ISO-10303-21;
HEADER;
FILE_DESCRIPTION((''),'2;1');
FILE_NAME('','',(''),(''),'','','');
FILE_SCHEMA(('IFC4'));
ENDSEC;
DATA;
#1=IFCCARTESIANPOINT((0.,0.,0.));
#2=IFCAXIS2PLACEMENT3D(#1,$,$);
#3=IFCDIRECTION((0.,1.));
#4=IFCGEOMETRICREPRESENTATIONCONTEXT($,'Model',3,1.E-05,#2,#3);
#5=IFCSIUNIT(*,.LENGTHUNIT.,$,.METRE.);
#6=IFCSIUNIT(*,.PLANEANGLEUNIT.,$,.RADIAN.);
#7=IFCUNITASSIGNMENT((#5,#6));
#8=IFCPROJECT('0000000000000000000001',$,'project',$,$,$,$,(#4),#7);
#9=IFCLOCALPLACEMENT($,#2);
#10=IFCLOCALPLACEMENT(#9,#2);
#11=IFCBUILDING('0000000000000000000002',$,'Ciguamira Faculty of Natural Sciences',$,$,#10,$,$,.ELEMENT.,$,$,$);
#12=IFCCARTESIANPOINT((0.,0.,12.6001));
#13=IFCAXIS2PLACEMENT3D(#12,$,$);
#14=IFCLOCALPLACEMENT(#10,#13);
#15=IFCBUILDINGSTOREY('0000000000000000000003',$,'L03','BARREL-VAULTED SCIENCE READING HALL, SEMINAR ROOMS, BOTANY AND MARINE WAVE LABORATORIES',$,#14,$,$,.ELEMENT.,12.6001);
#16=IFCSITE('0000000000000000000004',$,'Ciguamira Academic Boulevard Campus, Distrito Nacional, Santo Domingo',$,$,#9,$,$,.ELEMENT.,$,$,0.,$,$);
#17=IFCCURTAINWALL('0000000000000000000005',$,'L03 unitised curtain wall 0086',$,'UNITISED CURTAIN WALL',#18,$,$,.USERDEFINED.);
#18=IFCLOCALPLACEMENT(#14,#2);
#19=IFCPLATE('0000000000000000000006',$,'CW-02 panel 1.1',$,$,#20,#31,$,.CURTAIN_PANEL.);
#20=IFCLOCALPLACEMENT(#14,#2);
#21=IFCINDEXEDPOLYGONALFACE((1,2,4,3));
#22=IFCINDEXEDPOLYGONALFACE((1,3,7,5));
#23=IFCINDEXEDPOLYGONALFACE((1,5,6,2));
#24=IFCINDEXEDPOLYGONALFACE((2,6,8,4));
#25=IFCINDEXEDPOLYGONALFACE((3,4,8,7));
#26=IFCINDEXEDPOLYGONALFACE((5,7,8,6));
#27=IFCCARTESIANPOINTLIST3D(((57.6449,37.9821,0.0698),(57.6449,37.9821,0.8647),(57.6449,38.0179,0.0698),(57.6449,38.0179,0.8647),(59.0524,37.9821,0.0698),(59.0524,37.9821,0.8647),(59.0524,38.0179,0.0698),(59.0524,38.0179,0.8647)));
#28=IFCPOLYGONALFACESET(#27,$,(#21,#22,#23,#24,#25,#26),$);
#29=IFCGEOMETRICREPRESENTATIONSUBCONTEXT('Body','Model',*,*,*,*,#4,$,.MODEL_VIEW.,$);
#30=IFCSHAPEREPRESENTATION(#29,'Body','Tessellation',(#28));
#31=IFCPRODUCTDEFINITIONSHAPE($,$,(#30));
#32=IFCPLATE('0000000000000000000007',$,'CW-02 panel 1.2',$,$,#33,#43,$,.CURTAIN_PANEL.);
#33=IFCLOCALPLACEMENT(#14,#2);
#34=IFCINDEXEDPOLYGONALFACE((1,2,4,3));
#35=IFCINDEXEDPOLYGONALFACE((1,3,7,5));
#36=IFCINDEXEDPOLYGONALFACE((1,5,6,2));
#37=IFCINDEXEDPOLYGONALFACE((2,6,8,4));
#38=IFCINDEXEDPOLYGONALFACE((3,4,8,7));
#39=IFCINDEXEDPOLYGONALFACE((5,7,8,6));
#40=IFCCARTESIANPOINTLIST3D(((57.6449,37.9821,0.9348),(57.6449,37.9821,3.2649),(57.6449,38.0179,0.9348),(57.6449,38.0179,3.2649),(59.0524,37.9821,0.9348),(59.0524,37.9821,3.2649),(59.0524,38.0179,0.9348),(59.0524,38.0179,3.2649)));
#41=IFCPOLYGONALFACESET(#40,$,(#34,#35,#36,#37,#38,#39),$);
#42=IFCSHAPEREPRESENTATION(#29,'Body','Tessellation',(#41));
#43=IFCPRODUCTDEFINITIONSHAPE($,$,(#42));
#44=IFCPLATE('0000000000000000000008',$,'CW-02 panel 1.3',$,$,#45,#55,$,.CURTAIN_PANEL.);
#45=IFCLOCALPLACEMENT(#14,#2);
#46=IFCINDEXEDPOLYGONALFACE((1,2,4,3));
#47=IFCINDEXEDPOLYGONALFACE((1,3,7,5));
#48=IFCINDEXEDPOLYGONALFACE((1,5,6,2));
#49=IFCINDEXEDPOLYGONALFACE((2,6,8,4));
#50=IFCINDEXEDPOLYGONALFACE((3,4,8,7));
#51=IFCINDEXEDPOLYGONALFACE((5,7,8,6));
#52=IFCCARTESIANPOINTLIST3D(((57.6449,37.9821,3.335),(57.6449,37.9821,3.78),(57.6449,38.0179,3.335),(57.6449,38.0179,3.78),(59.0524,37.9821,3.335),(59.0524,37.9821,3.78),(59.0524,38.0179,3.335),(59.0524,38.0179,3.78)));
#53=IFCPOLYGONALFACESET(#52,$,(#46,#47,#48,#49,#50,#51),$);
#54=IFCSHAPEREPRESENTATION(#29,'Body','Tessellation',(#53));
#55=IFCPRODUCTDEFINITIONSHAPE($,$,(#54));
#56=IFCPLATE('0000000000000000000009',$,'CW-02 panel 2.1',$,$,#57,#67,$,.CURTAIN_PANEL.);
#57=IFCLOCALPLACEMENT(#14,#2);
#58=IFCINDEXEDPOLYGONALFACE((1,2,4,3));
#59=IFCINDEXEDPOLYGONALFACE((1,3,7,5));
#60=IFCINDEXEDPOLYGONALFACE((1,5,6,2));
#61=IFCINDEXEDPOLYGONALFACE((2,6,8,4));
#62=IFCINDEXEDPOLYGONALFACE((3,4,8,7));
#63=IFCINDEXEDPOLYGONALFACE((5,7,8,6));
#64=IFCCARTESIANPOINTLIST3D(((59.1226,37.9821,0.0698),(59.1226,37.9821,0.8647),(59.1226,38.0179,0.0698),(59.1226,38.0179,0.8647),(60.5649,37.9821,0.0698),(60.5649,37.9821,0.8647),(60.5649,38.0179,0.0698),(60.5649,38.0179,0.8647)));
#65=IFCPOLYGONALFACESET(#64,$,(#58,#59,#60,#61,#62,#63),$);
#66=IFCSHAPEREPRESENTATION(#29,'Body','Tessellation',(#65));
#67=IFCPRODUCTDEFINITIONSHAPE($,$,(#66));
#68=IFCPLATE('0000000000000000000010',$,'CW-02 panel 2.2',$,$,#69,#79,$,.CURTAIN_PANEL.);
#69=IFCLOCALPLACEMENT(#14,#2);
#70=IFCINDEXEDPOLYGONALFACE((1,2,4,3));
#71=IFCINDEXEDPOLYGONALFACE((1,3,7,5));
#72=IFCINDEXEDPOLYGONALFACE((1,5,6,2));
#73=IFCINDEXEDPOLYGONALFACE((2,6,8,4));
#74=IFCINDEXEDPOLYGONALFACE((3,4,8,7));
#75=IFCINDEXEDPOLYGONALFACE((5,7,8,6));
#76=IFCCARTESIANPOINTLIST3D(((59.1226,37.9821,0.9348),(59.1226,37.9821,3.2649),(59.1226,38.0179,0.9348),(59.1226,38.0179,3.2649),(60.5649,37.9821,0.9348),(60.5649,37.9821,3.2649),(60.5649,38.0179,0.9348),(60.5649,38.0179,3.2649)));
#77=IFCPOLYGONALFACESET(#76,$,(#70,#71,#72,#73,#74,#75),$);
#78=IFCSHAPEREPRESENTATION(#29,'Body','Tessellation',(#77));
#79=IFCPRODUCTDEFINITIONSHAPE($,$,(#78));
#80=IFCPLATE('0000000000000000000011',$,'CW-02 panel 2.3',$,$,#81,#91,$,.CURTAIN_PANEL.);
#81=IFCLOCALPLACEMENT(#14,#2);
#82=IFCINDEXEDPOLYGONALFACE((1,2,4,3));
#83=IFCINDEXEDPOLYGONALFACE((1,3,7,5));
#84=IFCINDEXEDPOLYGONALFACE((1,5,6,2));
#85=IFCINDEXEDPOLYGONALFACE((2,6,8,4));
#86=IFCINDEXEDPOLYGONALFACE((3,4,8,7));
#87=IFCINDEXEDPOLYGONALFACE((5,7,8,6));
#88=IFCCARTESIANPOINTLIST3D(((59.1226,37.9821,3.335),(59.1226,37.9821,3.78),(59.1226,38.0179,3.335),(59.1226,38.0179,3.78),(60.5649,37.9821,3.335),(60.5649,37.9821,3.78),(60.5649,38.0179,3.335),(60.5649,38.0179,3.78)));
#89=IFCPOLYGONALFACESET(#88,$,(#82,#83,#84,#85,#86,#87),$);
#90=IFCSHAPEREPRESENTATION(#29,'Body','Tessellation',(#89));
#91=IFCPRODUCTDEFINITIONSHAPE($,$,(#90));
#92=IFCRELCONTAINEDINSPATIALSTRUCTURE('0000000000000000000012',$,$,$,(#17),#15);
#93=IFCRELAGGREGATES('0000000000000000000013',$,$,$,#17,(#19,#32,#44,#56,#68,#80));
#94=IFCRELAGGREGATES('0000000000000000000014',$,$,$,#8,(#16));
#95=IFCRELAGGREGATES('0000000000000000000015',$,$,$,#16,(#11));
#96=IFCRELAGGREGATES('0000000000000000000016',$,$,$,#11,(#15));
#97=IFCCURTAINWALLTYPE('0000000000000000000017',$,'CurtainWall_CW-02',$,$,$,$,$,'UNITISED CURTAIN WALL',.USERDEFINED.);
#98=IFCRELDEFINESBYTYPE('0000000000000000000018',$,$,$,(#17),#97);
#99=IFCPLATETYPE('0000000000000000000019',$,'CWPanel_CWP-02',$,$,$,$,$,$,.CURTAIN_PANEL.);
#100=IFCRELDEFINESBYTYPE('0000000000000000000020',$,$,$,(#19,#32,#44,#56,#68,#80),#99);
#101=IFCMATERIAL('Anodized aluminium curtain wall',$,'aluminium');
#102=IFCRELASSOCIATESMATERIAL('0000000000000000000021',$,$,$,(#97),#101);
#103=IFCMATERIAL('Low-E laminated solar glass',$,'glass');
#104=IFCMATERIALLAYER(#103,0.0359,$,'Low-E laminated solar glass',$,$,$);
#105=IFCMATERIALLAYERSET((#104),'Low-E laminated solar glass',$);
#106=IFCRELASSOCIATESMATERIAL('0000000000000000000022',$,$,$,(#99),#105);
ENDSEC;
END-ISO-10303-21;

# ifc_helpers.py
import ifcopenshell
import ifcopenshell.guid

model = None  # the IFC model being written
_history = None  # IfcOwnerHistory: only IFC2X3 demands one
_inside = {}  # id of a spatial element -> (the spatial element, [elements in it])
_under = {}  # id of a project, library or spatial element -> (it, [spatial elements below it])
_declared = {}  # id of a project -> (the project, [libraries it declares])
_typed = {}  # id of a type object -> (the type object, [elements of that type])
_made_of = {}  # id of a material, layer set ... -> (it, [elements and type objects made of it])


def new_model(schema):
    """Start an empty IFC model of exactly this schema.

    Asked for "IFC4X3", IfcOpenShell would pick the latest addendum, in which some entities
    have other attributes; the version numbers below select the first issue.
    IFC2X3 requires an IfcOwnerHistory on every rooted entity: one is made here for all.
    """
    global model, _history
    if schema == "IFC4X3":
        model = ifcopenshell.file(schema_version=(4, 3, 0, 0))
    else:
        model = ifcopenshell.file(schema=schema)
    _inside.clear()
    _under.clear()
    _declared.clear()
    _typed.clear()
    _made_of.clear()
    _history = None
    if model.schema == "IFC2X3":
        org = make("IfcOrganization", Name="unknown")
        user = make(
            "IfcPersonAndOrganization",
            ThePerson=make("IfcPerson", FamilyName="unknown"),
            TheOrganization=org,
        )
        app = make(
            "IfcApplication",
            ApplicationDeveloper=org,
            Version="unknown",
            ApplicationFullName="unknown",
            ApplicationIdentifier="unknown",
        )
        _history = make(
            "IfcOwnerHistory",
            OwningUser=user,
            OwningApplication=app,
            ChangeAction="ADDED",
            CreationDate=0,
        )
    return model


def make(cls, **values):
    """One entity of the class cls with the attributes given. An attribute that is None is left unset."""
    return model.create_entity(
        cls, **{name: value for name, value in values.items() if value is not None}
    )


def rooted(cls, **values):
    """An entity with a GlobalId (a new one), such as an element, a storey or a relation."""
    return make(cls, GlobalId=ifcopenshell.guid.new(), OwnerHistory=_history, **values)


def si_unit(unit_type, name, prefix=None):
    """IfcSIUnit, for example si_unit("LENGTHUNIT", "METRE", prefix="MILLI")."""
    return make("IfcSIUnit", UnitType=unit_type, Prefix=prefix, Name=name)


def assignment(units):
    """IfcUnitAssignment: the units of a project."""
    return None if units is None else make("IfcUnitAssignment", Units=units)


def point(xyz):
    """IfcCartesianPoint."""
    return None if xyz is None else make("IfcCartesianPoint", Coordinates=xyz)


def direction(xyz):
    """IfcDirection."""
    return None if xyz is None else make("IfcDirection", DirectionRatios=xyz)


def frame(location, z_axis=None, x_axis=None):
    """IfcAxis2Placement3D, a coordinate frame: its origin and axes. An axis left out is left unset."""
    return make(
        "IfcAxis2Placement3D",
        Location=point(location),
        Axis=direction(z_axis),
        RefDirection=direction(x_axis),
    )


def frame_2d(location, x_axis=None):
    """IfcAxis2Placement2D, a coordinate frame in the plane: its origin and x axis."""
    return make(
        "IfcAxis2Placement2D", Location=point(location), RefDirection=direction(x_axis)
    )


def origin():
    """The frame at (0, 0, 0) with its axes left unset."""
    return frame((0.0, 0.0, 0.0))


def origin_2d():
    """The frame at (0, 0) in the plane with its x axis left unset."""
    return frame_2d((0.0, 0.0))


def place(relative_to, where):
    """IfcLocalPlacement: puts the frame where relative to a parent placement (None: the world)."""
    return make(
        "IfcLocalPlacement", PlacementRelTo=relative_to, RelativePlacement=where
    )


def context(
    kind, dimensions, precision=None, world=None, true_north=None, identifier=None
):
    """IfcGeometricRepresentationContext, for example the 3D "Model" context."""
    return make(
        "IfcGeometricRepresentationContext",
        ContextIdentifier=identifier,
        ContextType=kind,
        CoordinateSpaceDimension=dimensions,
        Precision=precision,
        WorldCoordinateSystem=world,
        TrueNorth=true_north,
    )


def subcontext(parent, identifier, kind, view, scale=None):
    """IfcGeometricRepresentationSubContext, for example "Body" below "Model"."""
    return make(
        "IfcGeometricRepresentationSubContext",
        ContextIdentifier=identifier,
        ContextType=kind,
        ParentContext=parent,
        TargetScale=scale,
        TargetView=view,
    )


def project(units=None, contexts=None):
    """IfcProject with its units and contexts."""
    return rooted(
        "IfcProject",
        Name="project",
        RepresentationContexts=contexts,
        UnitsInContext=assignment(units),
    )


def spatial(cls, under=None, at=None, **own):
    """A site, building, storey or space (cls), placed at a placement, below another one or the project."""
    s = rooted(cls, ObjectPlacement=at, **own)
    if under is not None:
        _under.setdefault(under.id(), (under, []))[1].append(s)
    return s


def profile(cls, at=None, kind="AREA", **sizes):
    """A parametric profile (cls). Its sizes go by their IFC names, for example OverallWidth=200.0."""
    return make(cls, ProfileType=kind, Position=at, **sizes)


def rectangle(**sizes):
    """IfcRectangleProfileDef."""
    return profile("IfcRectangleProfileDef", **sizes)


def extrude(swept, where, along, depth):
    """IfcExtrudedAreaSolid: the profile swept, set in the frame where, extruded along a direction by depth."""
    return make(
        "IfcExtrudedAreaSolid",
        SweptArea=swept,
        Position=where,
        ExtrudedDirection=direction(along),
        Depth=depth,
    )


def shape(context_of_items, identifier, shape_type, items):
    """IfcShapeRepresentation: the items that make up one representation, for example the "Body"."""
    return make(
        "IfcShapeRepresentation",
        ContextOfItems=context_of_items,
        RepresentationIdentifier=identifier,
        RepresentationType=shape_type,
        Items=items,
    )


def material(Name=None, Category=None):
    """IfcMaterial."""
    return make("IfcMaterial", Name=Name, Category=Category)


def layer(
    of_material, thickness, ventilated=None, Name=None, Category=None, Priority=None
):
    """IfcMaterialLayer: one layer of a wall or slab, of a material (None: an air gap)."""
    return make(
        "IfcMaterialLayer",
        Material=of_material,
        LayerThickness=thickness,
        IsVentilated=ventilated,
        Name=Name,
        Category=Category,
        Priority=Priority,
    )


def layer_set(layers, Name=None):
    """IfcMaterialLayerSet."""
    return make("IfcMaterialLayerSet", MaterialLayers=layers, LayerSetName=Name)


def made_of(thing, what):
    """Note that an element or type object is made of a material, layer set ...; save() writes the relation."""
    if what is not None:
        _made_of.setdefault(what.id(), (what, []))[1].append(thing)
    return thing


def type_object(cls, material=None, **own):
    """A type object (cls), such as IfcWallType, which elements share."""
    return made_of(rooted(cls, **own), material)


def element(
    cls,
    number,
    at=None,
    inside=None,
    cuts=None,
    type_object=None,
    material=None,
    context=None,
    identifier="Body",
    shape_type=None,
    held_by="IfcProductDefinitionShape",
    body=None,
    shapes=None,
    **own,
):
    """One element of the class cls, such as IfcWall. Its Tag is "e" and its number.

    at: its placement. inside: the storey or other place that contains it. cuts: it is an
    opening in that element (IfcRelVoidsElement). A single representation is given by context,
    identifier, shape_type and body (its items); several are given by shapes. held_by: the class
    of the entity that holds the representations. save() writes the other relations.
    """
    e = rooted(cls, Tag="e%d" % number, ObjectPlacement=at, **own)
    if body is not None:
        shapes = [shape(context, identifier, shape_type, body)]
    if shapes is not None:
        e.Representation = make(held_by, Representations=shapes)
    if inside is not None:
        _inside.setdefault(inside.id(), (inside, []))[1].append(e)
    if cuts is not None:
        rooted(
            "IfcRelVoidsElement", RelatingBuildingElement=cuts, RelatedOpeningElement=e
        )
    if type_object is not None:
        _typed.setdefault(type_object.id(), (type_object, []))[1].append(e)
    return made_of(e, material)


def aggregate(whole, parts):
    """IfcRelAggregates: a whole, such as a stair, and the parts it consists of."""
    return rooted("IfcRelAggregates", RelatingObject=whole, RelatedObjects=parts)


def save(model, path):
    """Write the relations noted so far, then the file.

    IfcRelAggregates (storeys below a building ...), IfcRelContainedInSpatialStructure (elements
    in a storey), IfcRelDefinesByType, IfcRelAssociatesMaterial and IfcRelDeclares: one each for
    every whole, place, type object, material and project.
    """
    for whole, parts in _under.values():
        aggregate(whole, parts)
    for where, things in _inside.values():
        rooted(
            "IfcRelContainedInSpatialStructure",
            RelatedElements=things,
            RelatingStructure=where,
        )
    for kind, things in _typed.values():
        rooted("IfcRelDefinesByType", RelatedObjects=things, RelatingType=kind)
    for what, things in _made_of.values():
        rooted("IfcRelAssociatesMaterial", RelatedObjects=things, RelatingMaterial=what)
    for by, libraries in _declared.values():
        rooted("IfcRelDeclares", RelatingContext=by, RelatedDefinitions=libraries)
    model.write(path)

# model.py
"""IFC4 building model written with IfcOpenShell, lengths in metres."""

from ifc_helpers import new_model, si_unit, direction, frame, origin, origin_2d, place, context, subcontext, project, spatial, rectangle, extrude, material, layer, layer_set, type_object, element, aggregate, save


model = new_model("IFC4")

# Units and contexts
model_context = context("Model", 3, precision=1e-05, world=origin(), true_north=direction((0.0, 1.0)))
body_context = subcontext(model_context, "Body", "Model", "MODEL_VIEW")
ifc_project = project(units=[si_unit("LENGTHUNIT", "METRE"), si_unit("PLANEANGLEUNIT", "RADIAN")], contexts=[model_context])

# Site, building, storey
site_placement = place(None, origin())
site = spatial("IfcSite", under=ifc_project, at=site_placement, Name="Ciguamira Academic Boulevard Campus, Distrito Nacional, Santo Domingo", CompositionType="ELEMENT", RefElevation=0.0)
building_placement = place(site_placement, origin())
building = spatial("IfcBuilding", under=site, at=building_placement, Name="Ciguamira Faculty of Natural Sciences", CompositionType="ELEMENT")
storey_placement = place(building_placement, frame((0.0, 0.0, 12.6001)))
storey = spatial("IfcBuildingStorey", under=building, at=storey_placement, Name="L03", Description="BARREL-VAULTED SCIENCE READING HALL, SEMINAR ROOMS, BOTANY AND MARINE WAVE LABORATORIES", CompositionType="ELEMENT", Elevation=12.6001)

# Curtain wall, plates
ifc_material_1 = material(Name="Anodized aluminium curtain wall", Category="aluminium")
curtain_wall_type = type_object("IfcCurtainWallType", Name="CurtainWall_CW-02", ElementType="UNITISED CURTAIN WALL", PredefinedType="USERDEFINED", material=ifc_material_1)
curtain_wall_placement = place(storey_placement, origin())
curtain_wall = element("IfcCurtainWall", 1, at=curtain_wall_placement, inside=storey, type_object=curtain_wall_type, Name="L03 unitised curtain wall 0086", ObjectType="UNITISED CURTAIN WALL", PredefinedType="USERDEFINED")
ifc_material_2 = material(Name="Low-E laminated solar glass", Category="glass")
ifc_layer = layer(ifc_material_2, 0.0359, Name="Low-E laminated solar glass")
ifc_layer_set = layer_set([ifc_layer], Name="Low-E laminated solar glass")
plate_type = type_object("IfcPlateType", Name="CWPanel_CWP-02", PredefinedType="CURTAIN_PANEL", material=ifc_layer_set)
plate_1_placement = place(storey_placement, frame((58.3486, 38.0, 0.0698), z_axis=(0.0, 0.0, 1.0), x_axis=(1.0, 0.0, 0.0)))
plate_1 = element("IfcPlate", 2, at=plate_1_placement, type_object=plate_type, Name="CW-02 panel 1.1", PredefinedType="CURTAIN_PANEL", context=body_context, shape_type="SweptSolid", body=[
    extrude(rectangle(XDim=1.4075, YDim=0.0359, at=origin_2d()), origin(), (0.0, 0.0, 1.0), 0.7949),
])
plate_2_placement = place(storey_placement, frame((58.3486, 38.0, 0.9348), z_axis=(0.0, 0.0, 1.0), x_axis=(1.0, 0.0, 0.0)))
plate_2 = element("IfcPlate", 3, at=plate_2_placement, type_object=plate_type, Name="CW-02 panel 1.2", PredefinedType="CURTAIN_PANEL", context=body_context, shape_type="SweptSolid", body=[
    extrude(rectangle(XDim=1.4075, YDim=0.0359, at=origin_2d()), origin(), (0.0, 0.0, 1.0), 2.3301),
])
plate_3_placement = place(storey_placement, frame((58.3486, 38.0, 3.335), z_axis=(0.0, 0.0, 1.0), x_axis=(1.0, 0.0, 0.0)))
plate_3 = element("IfcPlate", 4, at=plate_3_placement, type_object=plate_type, Name="CW-02 panel 1.3", PredefinedType="CURTAIN_PANEL", context=body_context, shape_type="SweptSolid", body=[
    extrude(rectangle(XDim=1.4075, YDim=0.0359, at=origin_2d()), origin(), (0.0, 0.0, 1.0), 0.4451),
])
plate_4_placement = place(storey_placement, frame((59.8438, 38.0, 0.0698), z_axis=(0.0, 0.0, 1.0), x_axis=(1.0, 0.0, 0.0)))
plate_4 = element("IfcPlate", 5, at=plate_4_placement, type_object=plate_type, Name="CW-02 panel 2.1", PredefinedType="CURTAIN_PANEL", context=body_context, shape_type="SweptSolid", body=[
    extrude(rectangle(XDim=1.4424, YDim=0.0359, at=origin_2d()), origin(), (0.0, 0.0, 1.0), 0.7949),
])
plate_5_placement = place(storey_placement, frame((59.8438, 38.0, 0.9348), z_axis=(0.0, 0.0, 1.0), x_axis=(1.0, 0.0, 0.0)))
plate_5 = element("IfcPlate", 6, at=plate_5_placement, type_object=plate_type, Name="CW-02 panel 2.2", PredefinedType="CURTAIN_PANEL", context=body_context, shape_type="SweptSolid", body=[
    extrude(rectangle(XDim=1.4424, YDim=0.0359, at=origin_2d()), origin(), (0.0, 0.0, 1.0), 2.3301),
])
plate_6_placement = place(storey_placement, frame((59.8438, 38.0, 3.335), z_axis=(0.0, 0.0, 1.0), x_axis=(1.0, 0.0, 0.0)))
plate_6 = element("IfcPlate", 7, at=plate_6_placement, type_object=plate_type, Name="CW-02 panel 2.3", PredefinedType="CURTAIN_PANEL", context=body_context, shape_type="SweptSolid", body=[
    extrude(rectangle(XDim=1.4424, YDim=0.0359, at=origin_2d()), origin(), (0.0, 0.0, 1.0), 0.4451),
])
aggregate(curtain_wall, [plate_1, plate_2, plate_3, plate_4, plate_5, plate_6])

save(model, "model.ifc")
